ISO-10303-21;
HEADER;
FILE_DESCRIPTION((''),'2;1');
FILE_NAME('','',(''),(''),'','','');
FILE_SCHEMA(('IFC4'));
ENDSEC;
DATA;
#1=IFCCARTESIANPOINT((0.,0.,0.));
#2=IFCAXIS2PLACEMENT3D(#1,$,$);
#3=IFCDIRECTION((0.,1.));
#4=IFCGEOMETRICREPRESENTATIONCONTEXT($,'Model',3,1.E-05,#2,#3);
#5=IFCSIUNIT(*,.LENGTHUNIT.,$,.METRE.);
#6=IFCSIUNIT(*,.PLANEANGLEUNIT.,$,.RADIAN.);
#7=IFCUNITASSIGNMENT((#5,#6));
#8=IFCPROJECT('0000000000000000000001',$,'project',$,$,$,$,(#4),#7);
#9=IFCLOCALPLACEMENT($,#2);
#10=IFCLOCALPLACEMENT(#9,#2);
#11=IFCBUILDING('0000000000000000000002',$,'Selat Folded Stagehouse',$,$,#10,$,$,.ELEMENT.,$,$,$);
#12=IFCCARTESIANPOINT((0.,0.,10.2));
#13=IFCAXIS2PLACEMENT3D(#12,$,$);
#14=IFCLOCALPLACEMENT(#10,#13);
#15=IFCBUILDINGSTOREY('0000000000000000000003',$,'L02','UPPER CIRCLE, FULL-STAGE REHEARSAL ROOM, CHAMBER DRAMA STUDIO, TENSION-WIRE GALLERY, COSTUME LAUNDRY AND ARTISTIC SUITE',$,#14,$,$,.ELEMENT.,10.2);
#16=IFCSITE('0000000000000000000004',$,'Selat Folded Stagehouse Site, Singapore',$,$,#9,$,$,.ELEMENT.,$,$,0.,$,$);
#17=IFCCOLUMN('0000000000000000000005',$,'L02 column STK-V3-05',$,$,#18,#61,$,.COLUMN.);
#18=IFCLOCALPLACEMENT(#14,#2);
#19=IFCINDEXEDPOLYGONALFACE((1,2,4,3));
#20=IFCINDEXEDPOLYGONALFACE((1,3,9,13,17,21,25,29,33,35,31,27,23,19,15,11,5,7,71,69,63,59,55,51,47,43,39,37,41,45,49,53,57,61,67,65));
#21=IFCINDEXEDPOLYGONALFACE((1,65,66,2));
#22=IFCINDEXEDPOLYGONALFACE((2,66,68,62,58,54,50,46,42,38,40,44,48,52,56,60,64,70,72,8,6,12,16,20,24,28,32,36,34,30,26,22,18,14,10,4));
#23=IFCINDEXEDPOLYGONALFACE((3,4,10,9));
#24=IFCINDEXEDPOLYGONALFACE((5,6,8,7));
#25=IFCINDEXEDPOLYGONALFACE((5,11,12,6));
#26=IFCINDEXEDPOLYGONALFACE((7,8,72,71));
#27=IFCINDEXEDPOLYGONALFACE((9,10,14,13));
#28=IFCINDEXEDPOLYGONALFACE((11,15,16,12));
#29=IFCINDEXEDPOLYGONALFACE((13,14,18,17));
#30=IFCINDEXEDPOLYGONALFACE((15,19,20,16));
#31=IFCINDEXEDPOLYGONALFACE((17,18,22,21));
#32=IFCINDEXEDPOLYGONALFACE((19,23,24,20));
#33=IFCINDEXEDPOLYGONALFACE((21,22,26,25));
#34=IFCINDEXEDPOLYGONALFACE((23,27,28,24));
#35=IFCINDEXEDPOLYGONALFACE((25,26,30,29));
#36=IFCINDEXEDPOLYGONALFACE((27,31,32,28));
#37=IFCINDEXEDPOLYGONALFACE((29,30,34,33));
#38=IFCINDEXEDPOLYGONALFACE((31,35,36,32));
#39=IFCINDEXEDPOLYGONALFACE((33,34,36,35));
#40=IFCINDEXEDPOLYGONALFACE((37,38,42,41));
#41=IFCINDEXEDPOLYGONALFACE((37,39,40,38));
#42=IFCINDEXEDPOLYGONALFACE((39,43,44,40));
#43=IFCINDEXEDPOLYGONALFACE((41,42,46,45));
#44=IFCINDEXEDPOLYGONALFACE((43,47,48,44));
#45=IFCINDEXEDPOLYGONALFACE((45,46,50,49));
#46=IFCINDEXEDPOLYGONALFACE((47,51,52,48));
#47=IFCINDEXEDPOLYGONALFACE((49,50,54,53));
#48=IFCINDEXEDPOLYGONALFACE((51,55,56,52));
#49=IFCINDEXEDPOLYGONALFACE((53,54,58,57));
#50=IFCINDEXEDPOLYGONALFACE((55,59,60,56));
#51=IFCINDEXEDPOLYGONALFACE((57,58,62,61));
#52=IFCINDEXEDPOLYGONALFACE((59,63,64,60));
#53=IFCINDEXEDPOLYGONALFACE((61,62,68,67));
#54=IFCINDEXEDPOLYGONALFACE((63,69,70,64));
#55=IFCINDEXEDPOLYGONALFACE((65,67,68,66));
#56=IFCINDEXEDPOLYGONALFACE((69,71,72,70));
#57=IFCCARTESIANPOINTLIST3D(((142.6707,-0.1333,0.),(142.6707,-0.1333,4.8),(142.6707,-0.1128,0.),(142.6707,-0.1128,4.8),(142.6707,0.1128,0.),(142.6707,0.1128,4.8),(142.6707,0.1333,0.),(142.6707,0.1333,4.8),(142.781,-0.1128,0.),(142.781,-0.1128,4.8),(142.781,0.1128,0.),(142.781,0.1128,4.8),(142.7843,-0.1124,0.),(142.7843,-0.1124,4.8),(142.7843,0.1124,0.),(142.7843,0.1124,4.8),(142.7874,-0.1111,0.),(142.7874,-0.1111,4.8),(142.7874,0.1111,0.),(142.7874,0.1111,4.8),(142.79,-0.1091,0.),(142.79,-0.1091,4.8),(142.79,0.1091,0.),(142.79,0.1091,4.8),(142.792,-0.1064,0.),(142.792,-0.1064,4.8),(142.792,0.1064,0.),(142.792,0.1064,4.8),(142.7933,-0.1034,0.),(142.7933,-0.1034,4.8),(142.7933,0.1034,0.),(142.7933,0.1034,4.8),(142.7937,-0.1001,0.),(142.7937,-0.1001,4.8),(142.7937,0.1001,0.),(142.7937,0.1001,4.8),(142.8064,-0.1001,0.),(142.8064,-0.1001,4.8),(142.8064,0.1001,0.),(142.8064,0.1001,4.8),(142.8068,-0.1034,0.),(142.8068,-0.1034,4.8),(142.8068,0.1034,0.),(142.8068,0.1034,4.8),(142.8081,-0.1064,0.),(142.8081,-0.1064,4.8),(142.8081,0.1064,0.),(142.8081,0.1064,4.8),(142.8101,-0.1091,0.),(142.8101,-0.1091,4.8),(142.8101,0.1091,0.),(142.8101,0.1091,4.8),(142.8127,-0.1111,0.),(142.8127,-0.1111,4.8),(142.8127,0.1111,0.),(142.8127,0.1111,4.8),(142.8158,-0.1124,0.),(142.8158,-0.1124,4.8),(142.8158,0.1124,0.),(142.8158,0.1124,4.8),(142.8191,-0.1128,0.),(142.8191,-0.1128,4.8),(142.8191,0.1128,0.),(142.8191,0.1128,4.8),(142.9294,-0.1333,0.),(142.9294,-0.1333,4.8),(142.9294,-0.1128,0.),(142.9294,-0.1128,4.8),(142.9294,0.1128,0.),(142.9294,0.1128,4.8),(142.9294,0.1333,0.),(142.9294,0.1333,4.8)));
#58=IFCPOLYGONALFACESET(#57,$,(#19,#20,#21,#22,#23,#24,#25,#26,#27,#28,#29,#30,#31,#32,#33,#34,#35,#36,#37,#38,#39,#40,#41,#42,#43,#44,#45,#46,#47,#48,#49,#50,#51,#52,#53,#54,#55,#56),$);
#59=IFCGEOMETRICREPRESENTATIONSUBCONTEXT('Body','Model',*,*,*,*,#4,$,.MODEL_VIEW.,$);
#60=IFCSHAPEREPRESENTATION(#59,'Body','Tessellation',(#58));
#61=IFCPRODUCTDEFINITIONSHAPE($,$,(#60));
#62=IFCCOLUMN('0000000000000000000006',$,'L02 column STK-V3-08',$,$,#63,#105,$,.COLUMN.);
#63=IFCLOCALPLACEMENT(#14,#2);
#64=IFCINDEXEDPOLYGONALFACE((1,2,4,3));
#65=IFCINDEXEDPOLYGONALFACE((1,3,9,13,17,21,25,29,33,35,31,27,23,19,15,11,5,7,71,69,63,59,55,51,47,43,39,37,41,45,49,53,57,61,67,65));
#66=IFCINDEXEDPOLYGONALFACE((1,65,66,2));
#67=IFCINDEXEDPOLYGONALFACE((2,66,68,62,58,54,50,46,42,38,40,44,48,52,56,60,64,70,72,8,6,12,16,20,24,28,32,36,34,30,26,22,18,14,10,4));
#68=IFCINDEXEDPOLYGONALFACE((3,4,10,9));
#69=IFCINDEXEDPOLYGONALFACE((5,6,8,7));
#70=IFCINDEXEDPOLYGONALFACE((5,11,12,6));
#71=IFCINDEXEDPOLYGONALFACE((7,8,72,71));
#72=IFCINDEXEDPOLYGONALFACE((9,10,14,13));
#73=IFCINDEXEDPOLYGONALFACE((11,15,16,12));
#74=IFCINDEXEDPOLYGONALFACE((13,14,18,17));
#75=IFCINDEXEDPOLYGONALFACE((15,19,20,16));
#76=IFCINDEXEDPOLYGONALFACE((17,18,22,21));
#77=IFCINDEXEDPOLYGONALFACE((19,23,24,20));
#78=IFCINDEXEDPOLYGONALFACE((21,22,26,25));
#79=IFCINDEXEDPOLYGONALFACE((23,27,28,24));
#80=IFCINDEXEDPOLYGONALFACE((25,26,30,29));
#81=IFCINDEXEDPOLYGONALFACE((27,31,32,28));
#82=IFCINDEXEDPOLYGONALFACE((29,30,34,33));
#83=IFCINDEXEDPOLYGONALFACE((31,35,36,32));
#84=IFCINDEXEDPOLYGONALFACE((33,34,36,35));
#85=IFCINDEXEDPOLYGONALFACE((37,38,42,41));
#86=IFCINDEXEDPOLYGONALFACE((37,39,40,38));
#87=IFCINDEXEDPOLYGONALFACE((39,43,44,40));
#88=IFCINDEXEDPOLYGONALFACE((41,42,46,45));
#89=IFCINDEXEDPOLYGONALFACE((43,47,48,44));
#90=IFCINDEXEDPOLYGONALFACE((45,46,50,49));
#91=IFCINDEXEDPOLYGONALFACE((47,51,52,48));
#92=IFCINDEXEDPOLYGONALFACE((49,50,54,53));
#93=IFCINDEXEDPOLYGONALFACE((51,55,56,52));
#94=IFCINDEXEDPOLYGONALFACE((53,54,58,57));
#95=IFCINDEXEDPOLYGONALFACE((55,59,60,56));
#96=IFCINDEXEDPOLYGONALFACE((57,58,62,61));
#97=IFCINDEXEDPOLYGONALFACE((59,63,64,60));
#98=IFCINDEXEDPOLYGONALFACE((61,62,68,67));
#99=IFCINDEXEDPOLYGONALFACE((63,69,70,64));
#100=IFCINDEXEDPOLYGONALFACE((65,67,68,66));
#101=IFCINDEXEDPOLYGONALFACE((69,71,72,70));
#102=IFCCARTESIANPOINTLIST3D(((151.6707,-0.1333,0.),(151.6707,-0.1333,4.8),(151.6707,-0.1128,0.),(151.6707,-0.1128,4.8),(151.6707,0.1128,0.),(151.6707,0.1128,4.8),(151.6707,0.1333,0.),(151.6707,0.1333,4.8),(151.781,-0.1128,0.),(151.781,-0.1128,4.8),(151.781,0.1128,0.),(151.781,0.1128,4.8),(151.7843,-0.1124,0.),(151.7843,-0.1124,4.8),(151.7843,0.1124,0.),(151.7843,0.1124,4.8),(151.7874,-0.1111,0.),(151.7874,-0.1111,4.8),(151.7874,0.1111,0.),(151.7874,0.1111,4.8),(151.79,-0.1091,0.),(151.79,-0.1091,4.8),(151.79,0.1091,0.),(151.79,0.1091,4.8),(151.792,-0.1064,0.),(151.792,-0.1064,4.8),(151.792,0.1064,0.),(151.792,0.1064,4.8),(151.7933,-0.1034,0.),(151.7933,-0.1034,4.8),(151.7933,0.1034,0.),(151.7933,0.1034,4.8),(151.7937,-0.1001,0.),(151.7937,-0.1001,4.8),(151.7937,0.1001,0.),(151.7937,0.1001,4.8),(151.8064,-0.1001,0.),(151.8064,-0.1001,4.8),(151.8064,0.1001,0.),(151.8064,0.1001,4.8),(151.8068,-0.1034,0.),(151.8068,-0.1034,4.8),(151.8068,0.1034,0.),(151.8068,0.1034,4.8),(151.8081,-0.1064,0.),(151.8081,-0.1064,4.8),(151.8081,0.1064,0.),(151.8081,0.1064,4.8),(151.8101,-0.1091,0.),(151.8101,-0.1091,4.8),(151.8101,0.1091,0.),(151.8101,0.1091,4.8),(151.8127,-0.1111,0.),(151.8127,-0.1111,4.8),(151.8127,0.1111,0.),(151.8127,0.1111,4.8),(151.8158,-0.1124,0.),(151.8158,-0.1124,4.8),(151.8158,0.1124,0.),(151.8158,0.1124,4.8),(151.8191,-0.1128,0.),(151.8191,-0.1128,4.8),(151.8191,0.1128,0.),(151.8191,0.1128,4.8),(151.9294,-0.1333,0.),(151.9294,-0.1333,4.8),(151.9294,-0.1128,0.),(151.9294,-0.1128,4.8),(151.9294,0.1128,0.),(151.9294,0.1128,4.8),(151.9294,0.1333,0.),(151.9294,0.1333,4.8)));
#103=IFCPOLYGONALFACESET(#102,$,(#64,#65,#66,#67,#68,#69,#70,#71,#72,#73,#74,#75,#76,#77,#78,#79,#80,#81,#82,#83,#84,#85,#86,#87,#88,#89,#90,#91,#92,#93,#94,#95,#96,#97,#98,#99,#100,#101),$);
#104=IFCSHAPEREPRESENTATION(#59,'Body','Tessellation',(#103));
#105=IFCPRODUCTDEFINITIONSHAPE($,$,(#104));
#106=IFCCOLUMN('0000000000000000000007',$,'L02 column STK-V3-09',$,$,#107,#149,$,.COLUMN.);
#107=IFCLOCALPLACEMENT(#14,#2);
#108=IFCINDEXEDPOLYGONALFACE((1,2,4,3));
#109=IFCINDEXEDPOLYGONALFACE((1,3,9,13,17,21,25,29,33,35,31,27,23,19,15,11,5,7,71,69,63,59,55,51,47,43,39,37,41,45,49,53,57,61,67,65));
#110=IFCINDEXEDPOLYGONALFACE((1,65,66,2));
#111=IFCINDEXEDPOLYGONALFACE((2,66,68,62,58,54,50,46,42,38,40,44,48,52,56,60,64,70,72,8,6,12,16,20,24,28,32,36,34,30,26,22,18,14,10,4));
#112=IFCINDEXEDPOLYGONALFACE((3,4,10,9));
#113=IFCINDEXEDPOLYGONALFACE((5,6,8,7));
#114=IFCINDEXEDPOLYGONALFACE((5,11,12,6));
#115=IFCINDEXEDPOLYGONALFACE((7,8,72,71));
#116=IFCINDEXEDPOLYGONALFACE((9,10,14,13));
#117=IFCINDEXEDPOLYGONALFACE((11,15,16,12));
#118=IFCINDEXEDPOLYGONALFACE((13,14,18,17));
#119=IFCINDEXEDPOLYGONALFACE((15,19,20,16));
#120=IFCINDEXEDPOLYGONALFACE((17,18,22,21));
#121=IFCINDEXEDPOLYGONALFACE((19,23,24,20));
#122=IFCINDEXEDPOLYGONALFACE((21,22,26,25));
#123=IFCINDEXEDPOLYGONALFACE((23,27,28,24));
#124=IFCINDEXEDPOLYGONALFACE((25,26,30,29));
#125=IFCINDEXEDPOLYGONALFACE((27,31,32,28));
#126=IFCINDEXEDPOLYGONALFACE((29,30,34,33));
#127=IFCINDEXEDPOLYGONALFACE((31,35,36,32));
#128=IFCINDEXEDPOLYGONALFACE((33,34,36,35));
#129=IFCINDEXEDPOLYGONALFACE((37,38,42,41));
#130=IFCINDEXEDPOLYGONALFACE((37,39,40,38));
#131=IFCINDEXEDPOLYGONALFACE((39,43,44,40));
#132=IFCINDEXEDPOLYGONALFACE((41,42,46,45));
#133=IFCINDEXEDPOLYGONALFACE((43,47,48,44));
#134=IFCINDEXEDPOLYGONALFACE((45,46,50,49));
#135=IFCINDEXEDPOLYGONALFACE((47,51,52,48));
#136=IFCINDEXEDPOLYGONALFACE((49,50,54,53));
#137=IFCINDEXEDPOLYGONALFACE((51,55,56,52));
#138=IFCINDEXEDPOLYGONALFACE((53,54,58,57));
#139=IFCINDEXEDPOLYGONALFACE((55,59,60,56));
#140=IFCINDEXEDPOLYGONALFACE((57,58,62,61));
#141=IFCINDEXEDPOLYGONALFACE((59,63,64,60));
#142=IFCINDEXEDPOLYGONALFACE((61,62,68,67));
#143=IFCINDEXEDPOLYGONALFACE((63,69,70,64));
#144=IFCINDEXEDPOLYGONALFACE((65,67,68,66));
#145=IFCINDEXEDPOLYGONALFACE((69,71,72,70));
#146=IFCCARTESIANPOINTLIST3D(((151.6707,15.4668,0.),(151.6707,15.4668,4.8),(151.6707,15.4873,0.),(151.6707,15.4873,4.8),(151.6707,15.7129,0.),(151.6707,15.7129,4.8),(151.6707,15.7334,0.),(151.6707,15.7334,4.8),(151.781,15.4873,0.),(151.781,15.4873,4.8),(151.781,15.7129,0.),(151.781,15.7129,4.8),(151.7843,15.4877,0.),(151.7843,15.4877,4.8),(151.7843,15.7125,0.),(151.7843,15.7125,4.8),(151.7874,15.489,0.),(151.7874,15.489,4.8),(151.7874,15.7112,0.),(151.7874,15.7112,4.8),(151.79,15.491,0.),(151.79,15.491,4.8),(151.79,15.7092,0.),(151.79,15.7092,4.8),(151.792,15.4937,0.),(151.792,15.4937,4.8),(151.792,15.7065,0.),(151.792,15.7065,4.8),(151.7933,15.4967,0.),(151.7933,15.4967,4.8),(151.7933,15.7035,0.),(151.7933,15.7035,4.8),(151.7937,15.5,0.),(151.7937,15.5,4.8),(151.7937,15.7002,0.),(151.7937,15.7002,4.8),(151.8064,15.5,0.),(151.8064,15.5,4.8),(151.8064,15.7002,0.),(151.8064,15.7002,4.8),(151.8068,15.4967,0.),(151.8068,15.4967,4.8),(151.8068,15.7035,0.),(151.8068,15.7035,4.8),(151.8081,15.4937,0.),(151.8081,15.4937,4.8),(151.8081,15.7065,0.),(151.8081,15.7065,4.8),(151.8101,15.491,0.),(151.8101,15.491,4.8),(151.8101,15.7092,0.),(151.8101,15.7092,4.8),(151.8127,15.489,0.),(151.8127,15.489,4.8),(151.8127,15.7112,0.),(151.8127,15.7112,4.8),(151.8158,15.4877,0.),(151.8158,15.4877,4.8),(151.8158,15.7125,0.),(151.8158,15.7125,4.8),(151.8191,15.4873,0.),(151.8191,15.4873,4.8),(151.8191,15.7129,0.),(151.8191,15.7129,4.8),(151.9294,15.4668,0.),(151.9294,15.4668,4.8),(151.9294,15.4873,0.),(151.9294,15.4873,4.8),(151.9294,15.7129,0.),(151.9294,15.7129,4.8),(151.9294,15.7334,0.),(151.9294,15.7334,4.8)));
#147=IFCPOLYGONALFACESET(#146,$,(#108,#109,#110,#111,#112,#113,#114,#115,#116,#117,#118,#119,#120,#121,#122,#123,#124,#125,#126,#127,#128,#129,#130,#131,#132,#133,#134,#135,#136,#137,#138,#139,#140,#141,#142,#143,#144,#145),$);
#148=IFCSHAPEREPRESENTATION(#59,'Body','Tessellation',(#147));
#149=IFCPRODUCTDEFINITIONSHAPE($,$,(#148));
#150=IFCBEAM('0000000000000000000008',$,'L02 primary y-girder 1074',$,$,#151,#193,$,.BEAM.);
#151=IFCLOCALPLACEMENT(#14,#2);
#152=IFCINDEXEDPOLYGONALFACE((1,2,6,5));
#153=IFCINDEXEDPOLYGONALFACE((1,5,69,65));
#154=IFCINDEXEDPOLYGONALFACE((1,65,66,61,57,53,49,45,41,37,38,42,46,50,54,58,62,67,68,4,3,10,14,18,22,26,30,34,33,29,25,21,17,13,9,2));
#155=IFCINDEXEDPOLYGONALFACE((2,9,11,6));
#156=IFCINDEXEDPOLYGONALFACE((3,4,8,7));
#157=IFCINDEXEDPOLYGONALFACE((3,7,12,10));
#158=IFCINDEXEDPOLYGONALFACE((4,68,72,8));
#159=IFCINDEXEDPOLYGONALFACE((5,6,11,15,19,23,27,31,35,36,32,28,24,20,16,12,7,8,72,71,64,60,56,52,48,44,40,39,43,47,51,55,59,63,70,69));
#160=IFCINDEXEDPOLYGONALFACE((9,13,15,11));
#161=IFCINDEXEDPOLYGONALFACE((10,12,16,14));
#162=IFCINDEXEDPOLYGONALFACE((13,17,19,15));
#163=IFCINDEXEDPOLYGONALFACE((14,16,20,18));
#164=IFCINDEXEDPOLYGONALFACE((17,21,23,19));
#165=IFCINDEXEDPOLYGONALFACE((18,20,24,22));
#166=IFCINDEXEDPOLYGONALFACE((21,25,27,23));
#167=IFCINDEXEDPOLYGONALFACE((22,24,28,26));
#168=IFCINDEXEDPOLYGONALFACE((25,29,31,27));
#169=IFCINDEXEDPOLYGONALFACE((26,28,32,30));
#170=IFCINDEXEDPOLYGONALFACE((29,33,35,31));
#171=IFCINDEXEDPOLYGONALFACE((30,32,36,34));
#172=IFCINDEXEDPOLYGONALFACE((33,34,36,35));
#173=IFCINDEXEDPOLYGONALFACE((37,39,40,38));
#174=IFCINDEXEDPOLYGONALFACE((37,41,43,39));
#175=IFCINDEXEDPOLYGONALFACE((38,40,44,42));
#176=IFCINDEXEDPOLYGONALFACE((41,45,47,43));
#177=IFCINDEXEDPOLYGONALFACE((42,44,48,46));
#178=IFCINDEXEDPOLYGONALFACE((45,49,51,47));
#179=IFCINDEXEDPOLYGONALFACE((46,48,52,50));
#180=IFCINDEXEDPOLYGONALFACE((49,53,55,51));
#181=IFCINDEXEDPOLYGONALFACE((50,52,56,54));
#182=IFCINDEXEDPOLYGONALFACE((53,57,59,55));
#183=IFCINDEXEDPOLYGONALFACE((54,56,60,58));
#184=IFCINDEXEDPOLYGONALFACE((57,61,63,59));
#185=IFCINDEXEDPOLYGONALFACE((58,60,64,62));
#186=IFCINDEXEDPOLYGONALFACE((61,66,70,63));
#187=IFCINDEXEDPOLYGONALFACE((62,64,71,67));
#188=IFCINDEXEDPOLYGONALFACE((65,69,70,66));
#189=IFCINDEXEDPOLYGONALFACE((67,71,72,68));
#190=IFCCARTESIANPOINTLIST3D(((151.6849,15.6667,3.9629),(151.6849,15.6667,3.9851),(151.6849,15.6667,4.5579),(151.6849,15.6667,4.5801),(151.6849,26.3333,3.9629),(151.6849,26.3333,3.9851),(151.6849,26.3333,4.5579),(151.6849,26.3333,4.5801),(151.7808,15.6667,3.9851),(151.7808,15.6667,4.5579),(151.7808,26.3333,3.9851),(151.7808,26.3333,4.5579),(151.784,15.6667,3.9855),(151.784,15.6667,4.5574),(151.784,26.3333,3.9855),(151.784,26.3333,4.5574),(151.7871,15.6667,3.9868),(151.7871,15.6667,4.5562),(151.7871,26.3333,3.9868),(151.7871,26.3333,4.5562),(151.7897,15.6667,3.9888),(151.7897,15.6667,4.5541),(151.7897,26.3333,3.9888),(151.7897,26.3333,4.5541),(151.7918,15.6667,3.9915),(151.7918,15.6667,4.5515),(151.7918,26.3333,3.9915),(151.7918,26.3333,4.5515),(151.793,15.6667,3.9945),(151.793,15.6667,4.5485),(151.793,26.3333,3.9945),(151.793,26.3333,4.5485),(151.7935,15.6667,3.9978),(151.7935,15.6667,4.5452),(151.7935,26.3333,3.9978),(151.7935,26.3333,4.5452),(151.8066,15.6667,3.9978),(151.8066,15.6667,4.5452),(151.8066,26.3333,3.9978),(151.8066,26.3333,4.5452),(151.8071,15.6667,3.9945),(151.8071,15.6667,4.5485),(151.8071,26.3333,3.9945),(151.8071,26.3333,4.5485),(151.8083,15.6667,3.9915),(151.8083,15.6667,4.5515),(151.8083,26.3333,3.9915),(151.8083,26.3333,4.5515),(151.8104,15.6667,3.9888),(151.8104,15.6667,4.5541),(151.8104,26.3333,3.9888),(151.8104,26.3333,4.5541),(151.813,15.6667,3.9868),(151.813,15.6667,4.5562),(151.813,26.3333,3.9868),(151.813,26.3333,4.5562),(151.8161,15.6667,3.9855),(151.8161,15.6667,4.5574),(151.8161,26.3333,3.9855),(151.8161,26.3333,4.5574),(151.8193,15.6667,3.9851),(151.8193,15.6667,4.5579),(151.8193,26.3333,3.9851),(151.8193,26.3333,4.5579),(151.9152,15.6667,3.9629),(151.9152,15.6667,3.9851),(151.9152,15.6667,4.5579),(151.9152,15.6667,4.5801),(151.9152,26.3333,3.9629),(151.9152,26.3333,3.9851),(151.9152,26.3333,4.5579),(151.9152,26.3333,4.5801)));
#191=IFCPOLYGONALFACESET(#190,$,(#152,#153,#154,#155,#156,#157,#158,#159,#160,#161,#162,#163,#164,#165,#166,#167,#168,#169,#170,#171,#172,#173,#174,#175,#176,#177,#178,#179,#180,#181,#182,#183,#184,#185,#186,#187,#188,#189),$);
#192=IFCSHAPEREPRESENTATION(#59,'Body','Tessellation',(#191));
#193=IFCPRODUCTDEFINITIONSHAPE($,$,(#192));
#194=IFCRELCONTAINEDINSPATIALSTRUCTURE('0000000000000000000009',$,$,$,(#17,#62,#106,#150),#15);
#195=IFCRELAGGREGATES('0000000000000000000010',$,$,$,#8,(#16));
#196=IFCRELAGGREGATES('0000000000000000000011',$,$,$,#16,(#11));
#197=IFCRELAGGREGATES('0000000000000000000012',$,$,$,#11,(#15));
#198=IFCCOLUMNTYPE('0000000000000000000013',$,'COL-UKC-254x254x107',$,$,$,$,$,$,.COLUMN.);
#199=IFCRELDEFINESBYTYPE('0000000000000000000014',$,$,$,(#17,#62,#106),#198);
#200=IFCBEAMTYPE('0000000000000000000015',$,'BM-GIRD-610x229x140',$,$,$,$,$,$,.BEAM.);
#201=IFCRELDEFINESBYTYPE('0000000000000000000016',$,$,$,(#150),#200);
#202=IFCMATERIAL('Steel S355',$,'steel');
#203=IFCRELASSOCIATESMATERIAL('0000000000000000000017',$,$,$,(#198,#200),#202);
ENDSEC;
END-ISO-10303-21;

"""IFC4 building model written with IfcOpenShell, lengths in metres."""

from ifc_helpers import new_model, si_unit, direction, frame, origin, origin_2d, place, context, subcontext, project, spatial, i_section, extrude, material, material_profile, profile_set, type_object, element, save


model = new_model("IFC4")

# Units and contexts
model_context = context("Model", 3, precision=1e-05, world=origin(), true_north=direction((0.0, 1.0)))
body_context = subcontext(model_context, "Body", "Model", "MODEL_VIEW")
ifc_project = project(units=[si_unit("LENGTHUNIT", "METRE"), si_unit("PLANEANGLEUNIT", "RADIAN")], contexts=[model_context])

# Site, building, storey
site_placement = place(None, origin())
site = spatial("IfcSite", under=ifc_project, at=site_placement, Name="Selat Folded Stagehouse Site, Singapore", CompositionType="ELEMENT", RefElevation=0.0)
building_placement = place(site_placement, origin())
building = spatial("IfcBuilding", under=site, at=building_placement, Name="Selat Folded Stagehouse", CompositionType="ELEMENT")
storey_placement = place(building_placement, frame((0.0, 0.0, 10.2)))
storey = spatial("IfcBuildingStorey", under=building, at=storey_placement, Name="L02", Description="UPPER CIRCLE, FULL-STAGE REHEARSAL ROOM, CHAMBER DRAMA STUDIO, TENSION-WIRE GALLERY, COSTUME LAUNDRY AND ARTISTIC SUITE", CompositionType="ELEMENT", Elevation=10.2)

# Columns
ifc_material_1 = material(Name="Steel S355", Category="steel")
ifc_material_profile_1 = material_profile(ifc_material_1, i_section(OverallWidth=0.2588, OverallDepth=0.2666, WebThickness=0.0127, FlangeThickness=0.0205, FilletRadius=0.0127, at=origin_2d()), Name="UKC 254x254x107")
ifc_profile_set_1 = profile_set([ifc_material_profile_1], Name="Steel S355")
column_type = type_object("IfcColumnType", Name="COL-UKC-254x254x107", PredefinedType="COLUMN", material=ifc_profile_set_1)
for number, where, z_axis, x_axis, name in (
    (1, (142.8, 0.0, 0.0), (0.0, 0.0, 1.0), (1.0, 0.0, 0.0), "L02 column STK-V3-05"),
    (2, (151.8, 0.0, 0.0), (0.0, 0.0, 1.0), (1.0, 0.0, 0.0), "L02 column STK-V3-08"),
    (3, (151.8, 15.6001, 0.0), (0.0, 0.0, 1.0), (1.0, 0.0, 0.0), "L02 column STK-V3-09"),
):
    element("IfcColumn", number, at=place(storey_placement, frame(where, z_axis=z_axis, x_axis=x_axis)), inside=storey, type_object=column_type, Name=name, PredefinedType="COLUMN", context=body_context, shape_type="SweptSolid", body=[
        extrude(i_section(OverallWidth=0.2588, OverallDepth=0.2666, WebThickness=0.0127, FlangeThickness=0.0205, FilletRadius=0.0127, at=origin_2d()), origin(), (0.0, 0.0, 1.0), 4.8),
    ])

# Beam
ifc_material_profile_2 = material_profile(ifc_material_1, i_section(OverallWidth=0.2302, OverallDepth=0.6172, WebThickness=0.0132, FlangeThickness=0.0222, FilletRadius=0.0127, at=origin_2d()), Name="UKB 610x229x140")
ifc_profile_set_2 = profile_set([ifc_material_profile_2], Name="Steel S355")
beam_type_1 = type_object("IfcBeamType", Name="BM-GIRD-610x229x140", PredefinedType="BEAM", material=ifc_profile_set_2)
beam_1_placement = place(storey_placement, frame((151.8, 15.6667, 4.2715), z_axis=(0.0, 1.0, 0.0), x_axis=(-1.0, 0.0, 0.0)))
element("IfcBeam", 4, at=beam_1_placement, inside=storey, type_object=beam_type_1, Name="L02 primary y-girder 1074", PredefinedType="BEAM", context=body_context, shape_type="SweptSolid", body=[
    extrude(i_section(OverallWidth=0.2302, OverallDepth=0.6172, WebThickness=0.0132, FlangeThickness=0.0222, FilletRadius=0.0127, at=origin_2d()), origin(), (0.0, 0.0, 1.0), 10.6665),
])

save(model, "model.ifc")
